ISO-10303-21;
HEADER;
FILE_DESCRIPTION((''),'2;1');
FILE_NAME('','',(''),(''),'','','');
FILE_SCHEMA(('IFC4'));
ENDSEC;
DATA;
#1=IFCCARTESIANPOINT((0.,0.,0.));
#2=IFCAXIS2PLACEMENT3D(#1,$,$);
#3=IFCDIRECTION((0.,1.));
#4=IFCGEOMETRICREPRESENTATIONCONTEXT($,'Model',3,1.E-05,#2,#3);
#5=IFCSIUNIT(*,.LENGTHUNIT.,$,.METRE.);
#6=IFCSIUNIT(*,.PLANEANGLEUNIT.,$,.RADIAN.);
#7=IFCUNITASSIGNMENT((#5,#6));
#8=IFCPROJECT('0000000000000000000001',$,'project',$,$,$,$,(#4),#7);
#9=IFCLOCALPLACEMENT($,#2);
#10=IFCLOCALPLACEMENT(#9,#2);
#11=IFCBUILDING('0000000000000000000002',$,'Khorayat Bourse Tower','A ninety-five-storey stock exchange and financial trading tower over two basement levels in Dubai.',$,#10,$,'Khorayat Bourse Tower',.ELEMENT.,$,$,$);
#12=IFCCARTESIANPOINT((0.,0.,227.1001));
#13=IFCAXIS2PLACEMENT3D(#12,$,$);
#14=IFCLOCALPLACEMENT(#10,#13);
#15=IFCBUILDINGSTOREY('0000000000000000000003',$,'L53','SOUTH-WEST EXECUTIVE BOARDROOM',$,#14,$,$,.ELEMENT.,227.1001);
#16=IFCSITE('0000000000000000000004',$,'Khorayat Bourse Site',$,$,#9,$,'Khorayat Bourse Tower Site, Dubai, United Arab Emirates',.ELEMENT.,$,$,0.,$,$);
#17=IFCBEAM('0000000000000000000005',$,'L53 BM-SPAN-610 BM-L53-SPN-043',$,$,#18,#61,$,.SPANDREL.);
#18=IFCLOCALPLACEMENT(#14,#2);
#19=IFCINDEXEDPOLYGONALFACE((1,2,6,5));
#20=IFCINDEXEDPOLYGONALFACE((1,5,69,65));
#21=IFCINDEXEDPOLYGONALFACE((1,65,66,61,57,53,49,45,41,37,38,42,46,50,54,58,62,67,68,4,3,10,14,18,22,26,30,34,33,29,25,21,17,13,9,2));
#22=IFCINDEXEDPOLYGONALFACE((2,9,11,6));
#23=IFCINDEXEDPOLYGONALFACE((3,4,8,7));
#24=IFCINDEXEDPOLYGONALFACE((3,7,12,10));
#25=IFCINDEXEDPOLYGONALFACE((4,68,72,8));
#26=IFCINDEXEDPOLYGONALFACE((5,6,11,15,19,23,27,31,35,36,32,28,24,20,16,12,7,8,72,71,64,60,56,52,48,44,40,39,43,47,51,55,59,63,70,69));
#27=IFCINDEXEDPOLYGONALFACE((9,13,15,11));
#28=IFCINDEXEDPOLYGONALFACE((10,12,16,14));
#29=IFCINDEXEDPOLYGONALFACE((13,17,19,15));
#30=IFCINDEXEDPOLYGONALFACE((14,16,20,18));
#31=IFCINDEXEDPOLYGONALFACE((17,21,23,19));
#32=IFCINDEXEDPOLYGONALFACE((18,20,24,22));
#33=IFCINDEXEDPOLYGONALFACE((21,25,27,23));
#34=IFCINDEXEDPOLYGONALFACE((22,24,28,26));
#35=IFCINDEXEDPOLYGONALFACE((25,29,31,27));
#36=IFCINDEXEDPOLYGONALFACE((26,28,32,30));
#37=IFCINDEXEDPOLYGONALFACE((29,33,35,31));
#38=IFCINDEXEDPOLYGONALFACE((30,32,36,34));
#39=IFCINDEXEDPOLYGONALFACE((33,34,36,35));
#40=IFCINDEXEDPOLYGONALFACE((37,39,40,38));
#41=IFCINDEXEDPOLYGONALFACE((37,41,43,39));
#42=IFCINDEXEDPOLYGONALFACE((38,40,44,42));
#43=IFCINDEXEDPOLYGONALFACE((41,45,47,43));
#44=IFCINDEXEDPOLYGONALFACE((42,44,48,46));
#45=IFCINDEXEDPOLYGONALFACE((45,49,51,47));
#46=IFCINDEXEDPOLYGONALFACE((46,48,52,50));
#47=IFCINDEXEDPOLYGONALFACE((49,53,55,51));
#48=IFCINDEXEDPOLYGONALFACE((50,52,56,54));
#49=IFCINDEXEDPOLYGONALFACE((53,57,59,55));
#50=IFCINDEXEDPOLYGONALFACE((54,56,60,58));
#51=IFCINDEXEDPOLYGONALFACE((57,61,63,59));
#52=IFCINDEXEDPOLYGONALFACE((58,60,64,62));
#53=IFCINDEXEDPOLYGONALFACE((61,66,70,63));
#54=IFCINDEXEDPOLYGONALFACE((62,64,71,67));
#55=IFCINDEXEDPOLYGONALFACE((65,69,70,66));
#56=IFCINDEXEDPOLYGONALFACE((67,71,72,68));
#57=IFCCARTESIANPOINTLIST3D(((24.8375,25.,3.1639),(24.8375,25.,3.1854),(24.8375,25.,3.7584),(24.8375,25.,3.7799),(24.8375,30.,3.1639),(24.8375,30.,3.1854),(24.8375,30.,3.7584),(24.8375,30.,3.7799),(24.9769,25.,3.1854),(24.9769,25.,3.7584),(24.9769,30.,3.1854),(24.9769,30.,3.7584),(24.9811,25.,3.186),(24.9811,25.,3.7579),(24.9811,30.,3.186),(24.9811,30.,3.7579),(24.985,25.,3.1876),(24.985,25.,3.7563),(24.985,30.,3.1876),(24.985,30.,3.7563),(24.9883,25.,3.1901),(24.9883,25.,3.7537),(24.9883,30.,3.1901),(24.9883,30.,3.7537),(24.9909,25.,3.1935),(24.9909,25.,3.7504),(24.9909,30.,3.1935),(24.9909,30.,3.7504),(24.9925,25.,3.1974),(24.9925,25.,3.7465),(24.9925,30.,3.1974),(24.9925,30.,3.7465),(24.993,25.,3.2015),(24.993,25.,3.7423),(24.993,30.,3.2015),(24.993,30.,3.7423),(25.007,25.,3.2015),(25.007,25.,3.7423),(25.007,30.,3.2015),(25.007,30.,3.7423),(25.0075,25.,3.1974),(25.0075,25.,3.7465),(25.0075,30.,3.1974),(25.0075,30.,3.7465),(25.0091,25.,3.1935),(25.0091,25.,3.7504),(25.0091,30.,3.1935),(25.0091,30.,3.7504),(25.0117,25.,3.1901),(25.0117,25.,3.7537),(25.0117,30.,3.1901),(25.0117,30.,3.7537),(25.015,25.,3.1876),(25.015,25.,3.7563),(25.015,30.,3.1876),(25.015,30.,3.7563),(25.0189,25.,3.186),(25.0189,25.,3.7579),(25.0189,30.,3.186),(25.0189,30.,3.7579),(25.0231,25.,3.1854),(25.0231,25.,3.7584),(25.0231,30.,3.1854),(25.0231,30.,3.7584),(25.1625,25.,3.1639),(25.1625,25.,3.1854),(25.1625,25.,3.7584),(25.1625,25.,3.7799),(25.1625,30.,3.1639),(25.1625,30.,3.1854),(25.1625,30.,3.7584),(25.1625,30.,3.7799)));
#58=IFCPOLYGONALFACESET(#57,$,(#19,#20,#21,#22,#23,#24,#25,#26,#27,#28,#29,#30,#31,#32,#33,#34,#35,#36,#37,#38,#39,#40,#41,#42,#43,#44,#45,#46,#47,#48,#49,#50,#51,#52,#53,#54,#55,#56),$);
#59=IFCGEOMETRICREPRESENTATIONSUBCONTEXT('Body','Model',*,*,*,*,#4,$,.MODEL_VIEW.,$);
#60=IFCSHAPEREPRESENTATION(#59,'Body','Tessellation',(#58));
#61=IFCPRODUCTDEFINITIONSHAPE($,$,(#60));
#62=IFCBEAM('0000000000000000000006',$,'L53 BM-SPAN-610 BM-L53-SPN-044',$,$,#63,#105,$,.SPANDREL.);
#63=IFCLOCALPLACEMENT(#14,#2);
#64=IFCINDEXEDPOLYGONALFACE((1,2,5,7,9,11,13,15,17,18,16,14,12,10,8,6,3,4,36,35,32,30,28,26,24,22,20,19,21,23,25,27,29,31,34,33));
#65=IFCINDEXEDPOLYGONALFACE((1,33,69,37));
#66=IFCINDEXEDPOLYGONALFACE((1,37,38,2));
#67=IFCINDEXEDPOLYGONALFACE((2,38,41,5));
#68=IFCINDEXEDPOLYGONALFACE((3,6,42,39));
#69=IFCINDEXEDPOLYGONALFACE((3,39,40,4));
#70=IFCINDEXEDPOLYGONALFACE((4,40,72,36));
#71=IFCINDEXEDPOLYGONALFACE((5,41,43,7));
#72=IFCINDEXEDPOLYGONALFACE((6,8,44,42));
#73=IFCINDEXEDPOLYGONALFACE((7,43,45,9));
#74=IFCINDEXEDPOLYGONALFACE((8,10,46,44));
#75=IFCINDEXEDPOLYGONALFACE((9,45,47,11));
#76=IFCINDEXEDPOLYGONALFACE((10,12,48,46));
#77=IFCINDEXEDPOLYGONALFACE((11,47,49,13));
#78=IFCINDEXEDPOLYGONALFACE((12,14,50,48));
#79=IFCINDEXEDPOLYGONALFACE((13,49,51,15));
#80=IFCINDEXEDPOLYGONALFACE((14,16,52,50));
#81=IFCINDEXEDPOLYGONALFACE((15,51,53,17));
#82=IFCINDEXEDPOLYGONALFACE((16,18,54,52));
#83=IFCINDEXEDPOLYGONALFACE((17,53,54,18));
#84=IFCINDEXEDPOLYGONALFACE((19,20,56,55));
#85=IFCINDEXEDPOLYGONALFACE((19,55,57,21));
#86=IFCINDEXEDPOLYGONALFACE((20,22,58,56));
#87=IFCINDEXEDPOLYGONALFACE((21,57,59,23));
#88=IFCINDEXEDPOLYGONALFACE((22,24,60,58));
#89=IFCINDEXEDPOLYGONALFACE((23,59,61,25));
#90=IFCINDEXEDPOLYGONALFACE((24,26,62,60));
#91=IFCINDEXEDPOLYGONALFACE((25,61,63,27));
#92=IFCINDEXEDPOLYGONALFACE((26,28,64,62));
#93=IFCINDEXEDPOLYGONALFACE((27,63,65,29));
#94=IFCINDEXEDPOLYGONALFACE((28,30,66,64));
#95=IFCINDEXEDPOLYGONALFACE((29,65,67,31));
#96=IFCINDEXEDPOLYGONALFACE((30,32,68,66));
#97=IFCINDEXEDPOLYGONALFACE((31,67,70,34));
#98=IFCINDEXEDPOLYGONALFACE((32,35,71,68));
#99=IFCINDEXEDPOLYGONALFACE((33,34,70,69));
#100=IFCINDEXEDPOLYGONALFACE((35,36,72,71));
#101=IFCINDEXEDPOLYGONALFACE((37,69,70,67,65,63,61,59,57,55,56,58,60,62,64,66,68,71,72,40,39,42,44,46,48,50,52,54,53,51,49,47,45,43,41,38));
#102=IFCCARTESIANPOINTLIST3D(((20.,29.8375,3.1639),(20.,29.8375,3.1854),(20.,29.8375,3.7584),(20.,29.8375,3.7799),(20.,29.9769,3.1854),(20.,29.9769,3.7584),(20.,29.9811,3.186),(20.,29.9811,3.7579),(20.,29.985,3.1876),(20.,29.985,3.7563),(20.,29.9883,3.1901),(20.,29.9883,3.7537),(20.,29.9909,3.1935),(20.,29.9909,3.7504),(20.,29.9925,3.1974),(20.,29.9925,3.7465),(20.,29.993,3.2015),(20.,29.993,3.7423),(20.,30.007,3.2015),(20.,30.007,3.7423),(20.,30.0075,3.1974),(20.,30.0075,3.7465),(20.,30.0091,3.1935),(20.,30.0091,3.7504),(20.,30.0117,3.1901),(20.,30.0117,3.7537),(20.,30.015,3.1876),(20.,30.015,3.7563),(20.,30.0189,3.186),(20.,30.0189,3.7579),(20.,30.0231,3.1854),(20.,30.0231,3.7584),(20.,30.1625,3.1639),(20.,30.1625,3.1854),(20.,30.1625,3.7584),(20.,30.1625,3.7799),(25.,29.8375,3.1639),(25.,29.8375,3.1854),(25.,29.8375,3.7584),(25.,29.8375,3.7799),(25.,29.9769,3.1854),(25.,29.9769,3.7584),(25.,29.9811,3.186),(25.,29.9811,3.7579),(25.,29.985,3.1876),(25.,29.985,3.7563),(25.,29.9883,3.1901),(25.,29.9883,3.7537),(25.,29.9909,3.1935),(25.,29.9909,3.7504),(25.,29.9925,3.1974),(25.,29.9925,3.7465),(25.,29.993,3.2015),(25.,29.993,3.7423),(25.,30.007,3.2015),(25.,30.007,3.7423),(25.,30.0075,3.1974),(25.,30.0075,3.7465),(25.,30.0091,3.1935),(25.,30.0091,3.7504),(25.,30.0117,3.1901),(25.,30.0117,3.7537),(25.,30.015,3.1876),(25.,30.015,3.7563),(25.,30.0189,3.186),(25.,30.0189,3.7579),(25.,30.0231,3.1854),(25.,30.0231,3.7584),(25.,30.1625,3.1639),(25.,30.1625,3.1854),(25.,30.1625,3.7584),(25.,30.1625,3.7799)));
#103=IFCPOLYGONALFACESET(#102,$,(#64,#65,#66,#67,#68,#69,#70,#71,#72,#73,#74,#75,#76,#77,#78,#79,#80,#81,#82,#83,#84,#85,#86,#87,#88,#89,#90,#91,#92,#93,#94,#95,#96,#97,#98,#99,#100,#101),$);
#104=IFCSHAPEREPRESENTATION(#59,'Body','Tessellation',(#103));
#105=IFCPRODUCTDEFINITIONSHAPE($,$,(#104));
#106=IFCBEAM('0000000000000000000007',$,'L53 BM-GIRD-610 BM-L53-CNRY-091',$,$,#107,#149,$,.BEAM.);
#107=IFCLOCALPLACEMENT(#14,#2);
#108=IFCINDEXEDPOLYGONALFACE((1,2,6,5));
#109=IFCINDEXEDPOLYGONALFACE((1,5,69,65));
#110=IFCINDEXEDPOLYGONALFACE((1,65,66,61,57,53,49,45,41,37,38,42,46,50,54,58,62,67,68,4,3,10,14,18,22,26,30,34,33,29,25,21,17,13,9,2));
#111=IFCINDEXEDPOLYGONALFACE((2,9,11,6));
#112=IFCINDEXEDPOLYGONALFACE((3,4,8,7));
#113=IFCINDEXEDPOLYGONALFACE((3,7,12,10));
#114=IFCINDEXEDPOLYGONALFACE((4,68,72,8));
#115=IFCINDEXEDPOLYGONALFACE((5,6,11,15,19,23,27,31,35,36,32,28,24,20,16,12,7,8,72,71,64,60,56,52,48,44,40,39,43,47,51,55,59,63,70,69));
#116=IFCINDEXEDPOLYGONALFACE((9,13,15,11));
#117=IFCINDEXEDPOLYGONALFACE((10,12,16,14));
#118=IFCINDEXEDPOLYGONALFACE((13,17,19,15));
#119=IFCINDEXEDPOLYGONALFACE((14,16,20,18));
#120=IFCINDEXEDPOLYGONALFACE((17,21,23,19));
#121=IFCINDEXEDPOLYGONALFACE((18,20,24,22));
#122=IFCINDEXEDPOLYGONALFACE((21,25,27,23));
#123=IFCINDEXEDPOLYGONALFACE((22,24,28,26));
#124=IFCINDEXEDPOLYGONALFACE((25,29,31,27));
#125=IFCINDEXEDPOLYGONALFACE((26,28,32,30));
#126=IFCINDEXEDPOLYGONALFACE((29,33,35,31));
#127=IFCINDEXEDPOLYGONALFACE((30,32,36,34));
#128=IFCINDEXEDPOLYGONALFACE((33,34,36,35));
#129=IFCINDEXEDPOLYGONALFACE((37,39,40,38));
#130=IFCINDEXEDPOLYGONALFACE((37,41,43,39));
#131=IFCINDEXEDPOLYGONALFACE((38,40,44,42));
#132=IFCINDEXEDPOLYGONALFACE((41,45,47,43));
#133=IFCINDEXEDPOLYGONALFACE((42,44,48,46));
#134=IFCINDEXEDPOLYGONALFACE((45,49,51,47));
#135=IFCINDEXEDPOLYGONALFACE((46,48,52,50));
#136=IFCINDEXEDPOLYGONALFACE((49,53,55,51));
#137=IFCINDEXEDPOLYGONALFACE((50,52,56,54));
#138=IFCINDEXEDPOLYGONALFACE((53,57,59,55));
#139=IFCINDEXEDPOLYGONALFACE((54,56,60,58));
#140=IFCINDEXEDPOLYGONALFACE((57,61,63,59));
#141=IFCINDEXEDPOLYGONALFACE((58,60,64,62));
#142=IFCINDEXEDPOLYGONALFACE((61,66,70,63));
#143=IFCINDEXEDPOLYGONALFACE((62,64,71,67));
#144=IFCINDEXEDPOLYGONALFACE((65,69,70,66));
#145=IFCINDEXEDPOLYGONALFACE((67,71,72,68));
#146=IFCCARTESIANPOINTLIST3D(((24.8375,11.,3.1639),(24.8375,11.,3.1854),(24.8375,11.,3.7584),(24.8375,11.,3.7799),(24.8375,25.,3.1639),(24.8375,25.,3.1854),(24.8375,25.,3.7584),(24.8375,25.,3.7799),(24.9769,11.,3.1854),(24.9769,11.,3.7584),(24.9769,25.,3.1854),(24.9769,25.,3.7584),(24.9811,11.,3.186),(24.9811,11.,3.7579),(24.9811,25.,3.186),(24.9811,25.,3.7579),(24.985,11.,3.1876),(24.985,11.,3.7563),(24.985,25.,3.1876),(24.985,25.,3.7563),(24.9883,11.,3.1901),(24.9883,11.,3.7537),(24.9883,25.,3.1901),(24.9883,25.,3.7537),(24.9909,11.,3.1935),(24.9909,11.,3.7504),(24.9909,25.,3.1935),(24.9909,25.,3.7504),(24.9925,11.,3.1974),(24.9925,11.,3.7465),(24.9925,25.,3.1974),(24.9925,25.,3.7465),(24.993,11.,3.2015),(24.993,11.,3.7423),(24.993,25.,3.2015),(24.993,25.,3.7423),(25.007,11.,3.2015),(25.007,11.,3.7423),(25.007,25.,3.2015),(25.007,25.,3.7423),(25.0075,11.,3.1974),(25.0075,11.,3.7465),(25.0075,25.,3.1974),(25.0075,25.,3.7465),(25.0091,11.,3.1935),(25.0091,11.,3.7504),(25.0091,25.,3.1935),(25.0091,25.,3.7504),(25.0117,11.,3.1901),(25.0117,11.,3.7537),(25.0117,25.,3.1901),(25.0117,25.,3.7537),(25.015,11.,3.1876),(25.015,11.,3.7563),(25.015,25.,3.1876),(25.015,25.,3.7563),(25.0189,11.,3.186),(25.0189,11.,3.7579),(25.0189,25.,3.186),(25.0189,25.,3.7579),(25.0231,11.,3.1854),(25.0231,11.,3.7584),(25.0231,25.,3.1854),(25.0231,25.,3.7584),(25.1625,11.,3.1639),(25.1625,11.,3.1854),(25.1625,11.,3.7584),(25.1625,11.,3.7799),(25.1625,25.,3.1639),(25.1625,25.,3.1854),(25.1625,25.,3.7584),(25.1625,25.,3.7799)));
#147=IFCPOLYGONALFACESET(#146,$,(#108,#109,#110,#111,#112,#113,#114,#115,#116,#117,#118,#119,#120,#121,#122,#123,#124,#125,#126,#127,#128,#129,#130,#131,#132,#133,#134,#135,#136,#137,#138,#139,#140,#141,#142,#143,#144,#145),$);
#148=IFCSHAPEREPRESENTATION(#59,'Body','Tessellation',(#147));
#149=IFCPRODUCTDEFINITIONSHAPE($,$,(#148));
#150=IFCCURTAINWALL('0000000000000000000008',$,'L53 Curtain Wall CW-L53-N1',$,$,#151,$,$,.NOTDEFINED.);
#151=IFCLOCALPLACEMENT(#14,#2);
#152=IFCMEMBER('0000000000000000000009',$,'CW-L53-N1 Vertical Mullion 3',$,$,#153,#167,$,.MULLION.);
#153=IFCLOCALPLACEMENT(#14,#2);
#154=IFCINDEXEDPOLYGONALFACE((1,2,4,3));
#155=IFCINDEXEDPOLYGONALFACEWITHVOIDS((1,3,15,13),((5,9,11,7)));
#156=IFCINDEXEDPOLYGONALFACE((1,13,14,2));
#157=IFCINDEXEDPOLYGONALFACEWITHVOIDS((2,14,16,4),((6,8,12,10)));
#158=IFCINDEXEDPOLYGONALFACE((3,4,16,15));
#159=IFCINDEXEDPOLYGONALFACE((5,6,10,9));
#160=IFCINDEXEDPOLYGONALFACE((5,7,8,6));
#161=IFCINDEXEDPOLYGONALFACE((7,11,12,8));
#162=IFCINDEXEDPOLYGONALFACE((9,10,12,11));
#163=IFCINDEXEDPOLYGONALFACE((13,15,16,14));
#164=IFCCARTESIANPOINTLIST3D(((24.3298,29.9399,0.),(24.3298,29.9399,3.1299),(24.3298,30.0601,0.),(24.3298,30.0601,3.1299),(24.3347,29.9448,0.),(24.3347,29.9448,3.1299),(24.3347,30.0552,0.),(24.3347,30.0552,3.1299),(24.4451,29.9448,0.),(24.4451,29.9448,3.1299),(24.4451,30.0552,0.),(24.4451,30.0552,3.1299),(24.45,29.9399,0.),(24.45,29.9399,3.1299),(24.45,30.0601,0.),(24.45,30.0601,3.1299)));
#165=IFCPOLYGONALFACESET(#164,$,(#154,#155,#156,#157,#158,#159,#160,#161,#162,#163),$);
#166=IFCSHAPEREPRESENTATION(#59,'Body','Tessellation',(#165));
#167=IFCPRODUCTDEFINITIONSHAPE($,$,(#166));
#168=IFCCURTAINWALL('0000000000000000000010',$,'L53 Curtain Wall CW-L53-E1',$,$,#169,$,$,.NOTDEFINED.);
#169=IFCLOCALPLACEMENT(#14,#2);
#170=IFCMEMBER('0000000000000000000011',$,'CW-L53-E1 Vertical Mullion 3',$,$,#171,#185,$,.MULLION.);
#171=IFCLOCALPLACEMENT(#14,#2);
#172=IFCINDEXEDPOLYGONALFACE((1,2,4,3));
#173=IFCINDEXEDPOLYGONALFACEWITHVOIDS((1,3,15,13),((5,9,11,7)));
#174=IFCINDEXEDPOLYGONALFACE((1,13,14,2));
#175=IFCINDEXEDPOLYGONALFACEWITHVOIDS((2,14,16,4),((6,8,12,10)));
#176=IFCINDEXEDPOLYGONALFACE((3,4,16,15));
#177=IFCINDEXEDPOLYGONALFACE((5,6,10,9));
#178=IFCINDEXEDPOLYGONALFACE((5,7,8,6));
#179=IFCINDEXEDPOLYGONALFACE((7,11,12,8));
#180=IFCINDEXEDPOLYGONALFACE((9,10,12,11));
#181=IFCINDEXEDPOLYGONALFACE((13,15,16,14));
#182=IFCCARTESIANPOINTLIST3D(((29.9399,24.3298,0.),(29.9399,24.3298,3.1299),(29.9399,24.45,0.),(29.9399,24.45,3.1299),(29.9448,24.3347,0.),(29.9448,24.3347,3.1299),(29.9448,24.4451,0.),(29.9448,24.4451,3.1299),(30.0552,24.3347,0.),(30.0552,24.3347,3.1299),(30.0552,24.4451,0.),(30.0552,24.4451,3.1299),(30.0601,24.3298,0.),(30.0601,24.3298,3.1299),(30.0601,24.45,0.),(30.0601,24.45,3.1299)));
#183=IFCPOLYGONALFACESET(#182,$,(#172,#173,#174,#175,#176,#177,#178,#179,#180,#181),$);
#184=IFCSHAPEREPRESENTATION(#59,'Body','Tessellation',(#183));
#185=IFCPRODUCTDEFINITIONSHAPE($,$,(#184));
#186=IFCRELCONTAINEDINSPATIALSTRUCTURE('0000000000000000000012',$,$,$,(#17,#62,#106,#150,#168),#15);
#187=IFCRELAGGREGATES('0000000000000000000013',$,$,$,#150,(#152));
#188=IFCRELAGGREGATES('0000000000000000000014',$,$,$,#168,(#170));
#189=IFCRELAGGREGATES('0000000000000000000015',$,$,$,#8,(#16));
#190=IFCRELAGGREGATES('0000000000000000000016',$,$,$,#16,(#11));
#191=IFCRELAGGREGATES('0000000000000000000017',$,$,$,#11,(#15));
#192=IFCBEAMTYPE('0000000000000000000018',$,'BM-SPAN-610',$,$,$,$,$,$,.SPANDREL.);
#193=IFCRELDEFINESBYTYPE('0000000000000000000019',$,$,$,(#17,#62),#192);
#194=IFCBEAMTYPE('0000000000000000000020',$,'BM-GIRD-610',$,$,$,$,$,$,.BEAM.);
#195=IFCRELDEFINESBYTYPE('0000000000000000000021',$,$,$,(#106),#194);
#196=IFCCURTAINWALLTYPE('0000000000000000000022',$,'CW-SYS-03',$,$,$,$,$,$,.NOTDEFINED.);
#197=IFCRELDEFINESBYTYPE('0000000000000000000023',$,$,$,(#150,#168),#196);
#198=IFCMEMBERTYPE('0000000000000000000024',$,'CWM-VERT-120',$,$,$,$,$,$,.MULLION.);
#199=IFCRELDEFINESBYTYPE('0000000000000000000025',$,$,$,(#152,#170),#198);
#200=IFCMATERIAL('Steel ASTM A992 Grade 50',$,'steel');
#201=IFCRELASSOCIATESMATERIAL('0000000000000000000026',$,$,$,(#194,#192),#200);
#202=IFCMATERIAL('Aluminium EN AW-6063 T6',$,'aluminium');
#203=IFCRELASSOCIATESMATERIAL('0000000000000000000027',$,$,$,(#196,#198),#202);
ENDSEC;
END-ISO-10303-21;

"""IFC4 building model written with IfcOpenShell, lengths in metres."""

from ifc_helpers import new_model, si_unit, direction, frame, origin, origin_2d, place, context, subcontext, project, spatial, hollow_rectangle, i_section, extrude, source, transform, mapped, material, material_profile, profile_set, type_object, element, aggregate, save


model = new_model("IFC4")

# Units and contexts
model_context = context("Model", 3, precision=1e-05, world=origin(), true_north=direction((0.0, 1.0)))
body_context = subcontext(model_context, "Body", "Model", "MODEL_VIEW")
ifc_project = project(units=[si_unit("LENGTHUNIT", "METRE"), si_unit("PLANEANGLEUNIT", "RADIAN")], contexts=[model_context])

# Site, building, storey
site_placement = place(None, origin())
site = spatial("IfcSite", under=ifc_project, at=site_placement, Name="Khorayat Bourse Site", LongName="Khorayat Bourse Tower Site, Dubai, United Arab Emirates", CompositionType="ELEMENT", RefElevation=0.0)
building_placement = place(site_placement, origin())
building = spatial("IfcBuilding", under=site, at=building_placement, Name="Khorayat Bourse Tower", Description="A ninety-five-storey stock exchange and financial trading tower over two basement levels in Dubai.", LongName="Khorayat Bourse Tower", CompositionType="ELEMENT")
storey_placement = place(building_placement, frame((0.0, 0.0, 227.1001)))
storey = spatial("IfcBuildingStorey", under=building, at=storey_placement, Name="L53", Description="SOUTH-WEST EXECUTIVE BOARDROOM", CompositionType="ELEMENT", Elevation=227.1001)

# Beams
ifc_material_1 = material(Name="Steel ASTM A992 Grade 50", Category="steel")
ifc_material_profile_1 = material_profile(ifc_material_1, i_section(OverallWidth=0.325, OverallDepth=0.616, WebThickness=0.0139, FlangeThickness=0.0215, FilletRadius=0.0161, at=origin_2d()), Name="W610X174")
ifc_profile_set_1 = profile_set([ifc_material_profile_1], Name="Steel ASTM A992 Grade 50")
beam_type_1 = type_object("IfcBeamType", Name="BM-GIRD-610", PredefinedType="BEAM", material=ifc_profile_set_1)
ifc_material_profile_2 = material_profile(ifc_material_1, i_section(OverallWidth=0.325, OverallDepth=0.616, WebThickness=0.0139, FlangeThickness=0.0215, FilletRadius=0.0161, at=origin_2d()), Name="W610X174")
ifc_profile_set_2 = profile_set([ifc_material_profile_2], Name="Steel ASTM A992 Grade 50")
beam_type_2 = type_object("IfcBeamType", Name="BM-SPAN-610", PredefinedType="SPANDREL", material=ifc_profile_set_2)
shared_shape_1 = source(origin(), body_context, "Body", "SweptSolid", [
    extrude(i_section(OverallWidth=0.325, OverallDepth=0.616, WebThickness=0.0139, FlangeThickness=0.0215, FilletRadius=0.0161, at=origin_2d()), origin(), (0.0, 0.0, 1.0), 5.0),
])
for number, where, z_axis, x_axis, name in (
    (1, (25.0, 25.0, 3.4719), (0.0, 1.0, 0.0), (-1.0, 0.0, 0.0), "L53 BM-SPAN-610 BM-L53-SPN-043"),
    (2, (20.0, 30.0, 3.4719), (1.0, 0.0, 0.0), (0.0, 1.0, 0.0), "L53 BM-SPAN-610 BM-L53-SPN-044"),
):
    element("IfcBeam", number, at=place(storey_placement, frame(where, z_axis=z_axis, x_axis=x_axis)), inside=storey, type_object=beam_type_2, Name=name, PredefinedType="SPANDREL", context=body_context, shape_type="MappedRepresentation", body=[
        mapped(shared_shape_1, transform((0.0, 0.0, 0.0), scale=1.0)),
    ])
shared_shape_2 = source(origin(), body_context, "Body", "SweptSolid", [
    extrude(i_section(OverallWidth=0.325, OverallDepth=0.616, WebThickness=0.0139, FlangeThickness=0.0215, FilletRadius=0.0161, at=origin_2d()), origin(), (0.0, 0.0, 1.0), 14.0),
])
beam_1_placement = place(storey_placement, frame((25.0, 11.0, 3.4719), z_axis=(0.0, 1.0, 0.0), x_axis=(-1.0, 0.0, 0.0)))
element("IfcBeam", 3, at=beam_1_placement, inside=storey, type_object=beam_type_1, Name="L53 BM-GIRD-610 BM-L53-CNRY-091", PredefinedType="BEAM", context=body_context, shape_type="MappedRepresentation", body=[
    mapped(shared_shape_2, transform((0.0, 0.0, 0.0), scale=1.0)),
])

# Curtain wall, member
ifc_material_2 = material(Name="Aluminium EN AW-6063 T6", Category="aluminium")
curtain_wall_type = type_object("IfcCurtainWallType", Name="CW-SYS-03", PredefinedType="NOTDEFINED", material=ifc_material_2)
curtain_wall_1_placement = place(storey_placement, origin())
curtain_wall_1 = element("IfcCurtainWall", 4, at=curtain_wall_1_placement, inside=storey, type_object=curtain_wall_type, Name="L53 Curtain Wall CW-L53-N1", PredefinedType="NOTDEFINED")
ifc_material_profile_3 = material_profile(ifc_material_2, hollow_rectangle(XDim=0.1201, YDim=0.1201, WallThickness=0.0049, at=origin_2d()), Name="ALU 120x120x5")
ifc_profile_set_3 = profile_set([ifc_material_profile_3], Name="Aluminium EN AW-6063 T6")
member_type_1 = type_object("IfcMemberType", Name="CWM-VERT-120", PredefinedType="MULLION", material=ifc_profile_set_3)
shared_shape_3 = source(origin(), body_context, "Body", "SweptSolid", [
    extrude(hollow_rectangle(XDim=0.1201, YDim=0.1201, WallThickness=0.0049, at=origin_2d()), origin(), (0.0, 0.0, 1.0), 3.1299),
])
member_1_placement = place(storey_placement, frame((24.3899, 30.0, 0.0), z_axis=(0.0, 0.0, 1.0), x_axis=(0.0, 1.0, 0.0)))
member_1 = element("IfcMember", 5, at=member_1_placement, type_object=member_type_1, Name="CW-L53-N1 Vertical Mullion 3", PredefinedType="MULLION", context=body_context, shape_type="MappedRepresentation", body=[
    mapped(shared_shape_3, transform((0.0, 0.0, 0.0), scale=1.0)),
])
aggregate(curtain_wall_1, [member_1])

# Curtain wall, member
curtain_wall_2_placement = place(storey_placement, origin())
curtain_wall_2 = element("IfcCurtainWall", 6, at=curtain_wall_2_placement, inside=storey, type_object=curtain_wall_type, Name="L53 Curtain Wall CW-L53-E1", PredefinedType="NOTDEFINED")
member_2_placement = place(storey_placement, frame((30.0, 24.3899, 0.0), z_axis=(0.0, 0.0, 1.0), x_axis=(-1.0, 0.0, 0.0)))
member_2 = element("IfcMember", 7, at=member_2_placement, type_object=member_type_1, Name="CW-L53-E1 Vertical Mullion 3", PredefinedType="MULLION", context=body_context, shape_type="MappedRepresentation", body=[
    mapped(shared_shape_3, transform((0.0, 0.0, 0.0), scale=1.0)),
])

aggregate(curtain_wall_2, [member_2])

save(model, "model.ifc")
